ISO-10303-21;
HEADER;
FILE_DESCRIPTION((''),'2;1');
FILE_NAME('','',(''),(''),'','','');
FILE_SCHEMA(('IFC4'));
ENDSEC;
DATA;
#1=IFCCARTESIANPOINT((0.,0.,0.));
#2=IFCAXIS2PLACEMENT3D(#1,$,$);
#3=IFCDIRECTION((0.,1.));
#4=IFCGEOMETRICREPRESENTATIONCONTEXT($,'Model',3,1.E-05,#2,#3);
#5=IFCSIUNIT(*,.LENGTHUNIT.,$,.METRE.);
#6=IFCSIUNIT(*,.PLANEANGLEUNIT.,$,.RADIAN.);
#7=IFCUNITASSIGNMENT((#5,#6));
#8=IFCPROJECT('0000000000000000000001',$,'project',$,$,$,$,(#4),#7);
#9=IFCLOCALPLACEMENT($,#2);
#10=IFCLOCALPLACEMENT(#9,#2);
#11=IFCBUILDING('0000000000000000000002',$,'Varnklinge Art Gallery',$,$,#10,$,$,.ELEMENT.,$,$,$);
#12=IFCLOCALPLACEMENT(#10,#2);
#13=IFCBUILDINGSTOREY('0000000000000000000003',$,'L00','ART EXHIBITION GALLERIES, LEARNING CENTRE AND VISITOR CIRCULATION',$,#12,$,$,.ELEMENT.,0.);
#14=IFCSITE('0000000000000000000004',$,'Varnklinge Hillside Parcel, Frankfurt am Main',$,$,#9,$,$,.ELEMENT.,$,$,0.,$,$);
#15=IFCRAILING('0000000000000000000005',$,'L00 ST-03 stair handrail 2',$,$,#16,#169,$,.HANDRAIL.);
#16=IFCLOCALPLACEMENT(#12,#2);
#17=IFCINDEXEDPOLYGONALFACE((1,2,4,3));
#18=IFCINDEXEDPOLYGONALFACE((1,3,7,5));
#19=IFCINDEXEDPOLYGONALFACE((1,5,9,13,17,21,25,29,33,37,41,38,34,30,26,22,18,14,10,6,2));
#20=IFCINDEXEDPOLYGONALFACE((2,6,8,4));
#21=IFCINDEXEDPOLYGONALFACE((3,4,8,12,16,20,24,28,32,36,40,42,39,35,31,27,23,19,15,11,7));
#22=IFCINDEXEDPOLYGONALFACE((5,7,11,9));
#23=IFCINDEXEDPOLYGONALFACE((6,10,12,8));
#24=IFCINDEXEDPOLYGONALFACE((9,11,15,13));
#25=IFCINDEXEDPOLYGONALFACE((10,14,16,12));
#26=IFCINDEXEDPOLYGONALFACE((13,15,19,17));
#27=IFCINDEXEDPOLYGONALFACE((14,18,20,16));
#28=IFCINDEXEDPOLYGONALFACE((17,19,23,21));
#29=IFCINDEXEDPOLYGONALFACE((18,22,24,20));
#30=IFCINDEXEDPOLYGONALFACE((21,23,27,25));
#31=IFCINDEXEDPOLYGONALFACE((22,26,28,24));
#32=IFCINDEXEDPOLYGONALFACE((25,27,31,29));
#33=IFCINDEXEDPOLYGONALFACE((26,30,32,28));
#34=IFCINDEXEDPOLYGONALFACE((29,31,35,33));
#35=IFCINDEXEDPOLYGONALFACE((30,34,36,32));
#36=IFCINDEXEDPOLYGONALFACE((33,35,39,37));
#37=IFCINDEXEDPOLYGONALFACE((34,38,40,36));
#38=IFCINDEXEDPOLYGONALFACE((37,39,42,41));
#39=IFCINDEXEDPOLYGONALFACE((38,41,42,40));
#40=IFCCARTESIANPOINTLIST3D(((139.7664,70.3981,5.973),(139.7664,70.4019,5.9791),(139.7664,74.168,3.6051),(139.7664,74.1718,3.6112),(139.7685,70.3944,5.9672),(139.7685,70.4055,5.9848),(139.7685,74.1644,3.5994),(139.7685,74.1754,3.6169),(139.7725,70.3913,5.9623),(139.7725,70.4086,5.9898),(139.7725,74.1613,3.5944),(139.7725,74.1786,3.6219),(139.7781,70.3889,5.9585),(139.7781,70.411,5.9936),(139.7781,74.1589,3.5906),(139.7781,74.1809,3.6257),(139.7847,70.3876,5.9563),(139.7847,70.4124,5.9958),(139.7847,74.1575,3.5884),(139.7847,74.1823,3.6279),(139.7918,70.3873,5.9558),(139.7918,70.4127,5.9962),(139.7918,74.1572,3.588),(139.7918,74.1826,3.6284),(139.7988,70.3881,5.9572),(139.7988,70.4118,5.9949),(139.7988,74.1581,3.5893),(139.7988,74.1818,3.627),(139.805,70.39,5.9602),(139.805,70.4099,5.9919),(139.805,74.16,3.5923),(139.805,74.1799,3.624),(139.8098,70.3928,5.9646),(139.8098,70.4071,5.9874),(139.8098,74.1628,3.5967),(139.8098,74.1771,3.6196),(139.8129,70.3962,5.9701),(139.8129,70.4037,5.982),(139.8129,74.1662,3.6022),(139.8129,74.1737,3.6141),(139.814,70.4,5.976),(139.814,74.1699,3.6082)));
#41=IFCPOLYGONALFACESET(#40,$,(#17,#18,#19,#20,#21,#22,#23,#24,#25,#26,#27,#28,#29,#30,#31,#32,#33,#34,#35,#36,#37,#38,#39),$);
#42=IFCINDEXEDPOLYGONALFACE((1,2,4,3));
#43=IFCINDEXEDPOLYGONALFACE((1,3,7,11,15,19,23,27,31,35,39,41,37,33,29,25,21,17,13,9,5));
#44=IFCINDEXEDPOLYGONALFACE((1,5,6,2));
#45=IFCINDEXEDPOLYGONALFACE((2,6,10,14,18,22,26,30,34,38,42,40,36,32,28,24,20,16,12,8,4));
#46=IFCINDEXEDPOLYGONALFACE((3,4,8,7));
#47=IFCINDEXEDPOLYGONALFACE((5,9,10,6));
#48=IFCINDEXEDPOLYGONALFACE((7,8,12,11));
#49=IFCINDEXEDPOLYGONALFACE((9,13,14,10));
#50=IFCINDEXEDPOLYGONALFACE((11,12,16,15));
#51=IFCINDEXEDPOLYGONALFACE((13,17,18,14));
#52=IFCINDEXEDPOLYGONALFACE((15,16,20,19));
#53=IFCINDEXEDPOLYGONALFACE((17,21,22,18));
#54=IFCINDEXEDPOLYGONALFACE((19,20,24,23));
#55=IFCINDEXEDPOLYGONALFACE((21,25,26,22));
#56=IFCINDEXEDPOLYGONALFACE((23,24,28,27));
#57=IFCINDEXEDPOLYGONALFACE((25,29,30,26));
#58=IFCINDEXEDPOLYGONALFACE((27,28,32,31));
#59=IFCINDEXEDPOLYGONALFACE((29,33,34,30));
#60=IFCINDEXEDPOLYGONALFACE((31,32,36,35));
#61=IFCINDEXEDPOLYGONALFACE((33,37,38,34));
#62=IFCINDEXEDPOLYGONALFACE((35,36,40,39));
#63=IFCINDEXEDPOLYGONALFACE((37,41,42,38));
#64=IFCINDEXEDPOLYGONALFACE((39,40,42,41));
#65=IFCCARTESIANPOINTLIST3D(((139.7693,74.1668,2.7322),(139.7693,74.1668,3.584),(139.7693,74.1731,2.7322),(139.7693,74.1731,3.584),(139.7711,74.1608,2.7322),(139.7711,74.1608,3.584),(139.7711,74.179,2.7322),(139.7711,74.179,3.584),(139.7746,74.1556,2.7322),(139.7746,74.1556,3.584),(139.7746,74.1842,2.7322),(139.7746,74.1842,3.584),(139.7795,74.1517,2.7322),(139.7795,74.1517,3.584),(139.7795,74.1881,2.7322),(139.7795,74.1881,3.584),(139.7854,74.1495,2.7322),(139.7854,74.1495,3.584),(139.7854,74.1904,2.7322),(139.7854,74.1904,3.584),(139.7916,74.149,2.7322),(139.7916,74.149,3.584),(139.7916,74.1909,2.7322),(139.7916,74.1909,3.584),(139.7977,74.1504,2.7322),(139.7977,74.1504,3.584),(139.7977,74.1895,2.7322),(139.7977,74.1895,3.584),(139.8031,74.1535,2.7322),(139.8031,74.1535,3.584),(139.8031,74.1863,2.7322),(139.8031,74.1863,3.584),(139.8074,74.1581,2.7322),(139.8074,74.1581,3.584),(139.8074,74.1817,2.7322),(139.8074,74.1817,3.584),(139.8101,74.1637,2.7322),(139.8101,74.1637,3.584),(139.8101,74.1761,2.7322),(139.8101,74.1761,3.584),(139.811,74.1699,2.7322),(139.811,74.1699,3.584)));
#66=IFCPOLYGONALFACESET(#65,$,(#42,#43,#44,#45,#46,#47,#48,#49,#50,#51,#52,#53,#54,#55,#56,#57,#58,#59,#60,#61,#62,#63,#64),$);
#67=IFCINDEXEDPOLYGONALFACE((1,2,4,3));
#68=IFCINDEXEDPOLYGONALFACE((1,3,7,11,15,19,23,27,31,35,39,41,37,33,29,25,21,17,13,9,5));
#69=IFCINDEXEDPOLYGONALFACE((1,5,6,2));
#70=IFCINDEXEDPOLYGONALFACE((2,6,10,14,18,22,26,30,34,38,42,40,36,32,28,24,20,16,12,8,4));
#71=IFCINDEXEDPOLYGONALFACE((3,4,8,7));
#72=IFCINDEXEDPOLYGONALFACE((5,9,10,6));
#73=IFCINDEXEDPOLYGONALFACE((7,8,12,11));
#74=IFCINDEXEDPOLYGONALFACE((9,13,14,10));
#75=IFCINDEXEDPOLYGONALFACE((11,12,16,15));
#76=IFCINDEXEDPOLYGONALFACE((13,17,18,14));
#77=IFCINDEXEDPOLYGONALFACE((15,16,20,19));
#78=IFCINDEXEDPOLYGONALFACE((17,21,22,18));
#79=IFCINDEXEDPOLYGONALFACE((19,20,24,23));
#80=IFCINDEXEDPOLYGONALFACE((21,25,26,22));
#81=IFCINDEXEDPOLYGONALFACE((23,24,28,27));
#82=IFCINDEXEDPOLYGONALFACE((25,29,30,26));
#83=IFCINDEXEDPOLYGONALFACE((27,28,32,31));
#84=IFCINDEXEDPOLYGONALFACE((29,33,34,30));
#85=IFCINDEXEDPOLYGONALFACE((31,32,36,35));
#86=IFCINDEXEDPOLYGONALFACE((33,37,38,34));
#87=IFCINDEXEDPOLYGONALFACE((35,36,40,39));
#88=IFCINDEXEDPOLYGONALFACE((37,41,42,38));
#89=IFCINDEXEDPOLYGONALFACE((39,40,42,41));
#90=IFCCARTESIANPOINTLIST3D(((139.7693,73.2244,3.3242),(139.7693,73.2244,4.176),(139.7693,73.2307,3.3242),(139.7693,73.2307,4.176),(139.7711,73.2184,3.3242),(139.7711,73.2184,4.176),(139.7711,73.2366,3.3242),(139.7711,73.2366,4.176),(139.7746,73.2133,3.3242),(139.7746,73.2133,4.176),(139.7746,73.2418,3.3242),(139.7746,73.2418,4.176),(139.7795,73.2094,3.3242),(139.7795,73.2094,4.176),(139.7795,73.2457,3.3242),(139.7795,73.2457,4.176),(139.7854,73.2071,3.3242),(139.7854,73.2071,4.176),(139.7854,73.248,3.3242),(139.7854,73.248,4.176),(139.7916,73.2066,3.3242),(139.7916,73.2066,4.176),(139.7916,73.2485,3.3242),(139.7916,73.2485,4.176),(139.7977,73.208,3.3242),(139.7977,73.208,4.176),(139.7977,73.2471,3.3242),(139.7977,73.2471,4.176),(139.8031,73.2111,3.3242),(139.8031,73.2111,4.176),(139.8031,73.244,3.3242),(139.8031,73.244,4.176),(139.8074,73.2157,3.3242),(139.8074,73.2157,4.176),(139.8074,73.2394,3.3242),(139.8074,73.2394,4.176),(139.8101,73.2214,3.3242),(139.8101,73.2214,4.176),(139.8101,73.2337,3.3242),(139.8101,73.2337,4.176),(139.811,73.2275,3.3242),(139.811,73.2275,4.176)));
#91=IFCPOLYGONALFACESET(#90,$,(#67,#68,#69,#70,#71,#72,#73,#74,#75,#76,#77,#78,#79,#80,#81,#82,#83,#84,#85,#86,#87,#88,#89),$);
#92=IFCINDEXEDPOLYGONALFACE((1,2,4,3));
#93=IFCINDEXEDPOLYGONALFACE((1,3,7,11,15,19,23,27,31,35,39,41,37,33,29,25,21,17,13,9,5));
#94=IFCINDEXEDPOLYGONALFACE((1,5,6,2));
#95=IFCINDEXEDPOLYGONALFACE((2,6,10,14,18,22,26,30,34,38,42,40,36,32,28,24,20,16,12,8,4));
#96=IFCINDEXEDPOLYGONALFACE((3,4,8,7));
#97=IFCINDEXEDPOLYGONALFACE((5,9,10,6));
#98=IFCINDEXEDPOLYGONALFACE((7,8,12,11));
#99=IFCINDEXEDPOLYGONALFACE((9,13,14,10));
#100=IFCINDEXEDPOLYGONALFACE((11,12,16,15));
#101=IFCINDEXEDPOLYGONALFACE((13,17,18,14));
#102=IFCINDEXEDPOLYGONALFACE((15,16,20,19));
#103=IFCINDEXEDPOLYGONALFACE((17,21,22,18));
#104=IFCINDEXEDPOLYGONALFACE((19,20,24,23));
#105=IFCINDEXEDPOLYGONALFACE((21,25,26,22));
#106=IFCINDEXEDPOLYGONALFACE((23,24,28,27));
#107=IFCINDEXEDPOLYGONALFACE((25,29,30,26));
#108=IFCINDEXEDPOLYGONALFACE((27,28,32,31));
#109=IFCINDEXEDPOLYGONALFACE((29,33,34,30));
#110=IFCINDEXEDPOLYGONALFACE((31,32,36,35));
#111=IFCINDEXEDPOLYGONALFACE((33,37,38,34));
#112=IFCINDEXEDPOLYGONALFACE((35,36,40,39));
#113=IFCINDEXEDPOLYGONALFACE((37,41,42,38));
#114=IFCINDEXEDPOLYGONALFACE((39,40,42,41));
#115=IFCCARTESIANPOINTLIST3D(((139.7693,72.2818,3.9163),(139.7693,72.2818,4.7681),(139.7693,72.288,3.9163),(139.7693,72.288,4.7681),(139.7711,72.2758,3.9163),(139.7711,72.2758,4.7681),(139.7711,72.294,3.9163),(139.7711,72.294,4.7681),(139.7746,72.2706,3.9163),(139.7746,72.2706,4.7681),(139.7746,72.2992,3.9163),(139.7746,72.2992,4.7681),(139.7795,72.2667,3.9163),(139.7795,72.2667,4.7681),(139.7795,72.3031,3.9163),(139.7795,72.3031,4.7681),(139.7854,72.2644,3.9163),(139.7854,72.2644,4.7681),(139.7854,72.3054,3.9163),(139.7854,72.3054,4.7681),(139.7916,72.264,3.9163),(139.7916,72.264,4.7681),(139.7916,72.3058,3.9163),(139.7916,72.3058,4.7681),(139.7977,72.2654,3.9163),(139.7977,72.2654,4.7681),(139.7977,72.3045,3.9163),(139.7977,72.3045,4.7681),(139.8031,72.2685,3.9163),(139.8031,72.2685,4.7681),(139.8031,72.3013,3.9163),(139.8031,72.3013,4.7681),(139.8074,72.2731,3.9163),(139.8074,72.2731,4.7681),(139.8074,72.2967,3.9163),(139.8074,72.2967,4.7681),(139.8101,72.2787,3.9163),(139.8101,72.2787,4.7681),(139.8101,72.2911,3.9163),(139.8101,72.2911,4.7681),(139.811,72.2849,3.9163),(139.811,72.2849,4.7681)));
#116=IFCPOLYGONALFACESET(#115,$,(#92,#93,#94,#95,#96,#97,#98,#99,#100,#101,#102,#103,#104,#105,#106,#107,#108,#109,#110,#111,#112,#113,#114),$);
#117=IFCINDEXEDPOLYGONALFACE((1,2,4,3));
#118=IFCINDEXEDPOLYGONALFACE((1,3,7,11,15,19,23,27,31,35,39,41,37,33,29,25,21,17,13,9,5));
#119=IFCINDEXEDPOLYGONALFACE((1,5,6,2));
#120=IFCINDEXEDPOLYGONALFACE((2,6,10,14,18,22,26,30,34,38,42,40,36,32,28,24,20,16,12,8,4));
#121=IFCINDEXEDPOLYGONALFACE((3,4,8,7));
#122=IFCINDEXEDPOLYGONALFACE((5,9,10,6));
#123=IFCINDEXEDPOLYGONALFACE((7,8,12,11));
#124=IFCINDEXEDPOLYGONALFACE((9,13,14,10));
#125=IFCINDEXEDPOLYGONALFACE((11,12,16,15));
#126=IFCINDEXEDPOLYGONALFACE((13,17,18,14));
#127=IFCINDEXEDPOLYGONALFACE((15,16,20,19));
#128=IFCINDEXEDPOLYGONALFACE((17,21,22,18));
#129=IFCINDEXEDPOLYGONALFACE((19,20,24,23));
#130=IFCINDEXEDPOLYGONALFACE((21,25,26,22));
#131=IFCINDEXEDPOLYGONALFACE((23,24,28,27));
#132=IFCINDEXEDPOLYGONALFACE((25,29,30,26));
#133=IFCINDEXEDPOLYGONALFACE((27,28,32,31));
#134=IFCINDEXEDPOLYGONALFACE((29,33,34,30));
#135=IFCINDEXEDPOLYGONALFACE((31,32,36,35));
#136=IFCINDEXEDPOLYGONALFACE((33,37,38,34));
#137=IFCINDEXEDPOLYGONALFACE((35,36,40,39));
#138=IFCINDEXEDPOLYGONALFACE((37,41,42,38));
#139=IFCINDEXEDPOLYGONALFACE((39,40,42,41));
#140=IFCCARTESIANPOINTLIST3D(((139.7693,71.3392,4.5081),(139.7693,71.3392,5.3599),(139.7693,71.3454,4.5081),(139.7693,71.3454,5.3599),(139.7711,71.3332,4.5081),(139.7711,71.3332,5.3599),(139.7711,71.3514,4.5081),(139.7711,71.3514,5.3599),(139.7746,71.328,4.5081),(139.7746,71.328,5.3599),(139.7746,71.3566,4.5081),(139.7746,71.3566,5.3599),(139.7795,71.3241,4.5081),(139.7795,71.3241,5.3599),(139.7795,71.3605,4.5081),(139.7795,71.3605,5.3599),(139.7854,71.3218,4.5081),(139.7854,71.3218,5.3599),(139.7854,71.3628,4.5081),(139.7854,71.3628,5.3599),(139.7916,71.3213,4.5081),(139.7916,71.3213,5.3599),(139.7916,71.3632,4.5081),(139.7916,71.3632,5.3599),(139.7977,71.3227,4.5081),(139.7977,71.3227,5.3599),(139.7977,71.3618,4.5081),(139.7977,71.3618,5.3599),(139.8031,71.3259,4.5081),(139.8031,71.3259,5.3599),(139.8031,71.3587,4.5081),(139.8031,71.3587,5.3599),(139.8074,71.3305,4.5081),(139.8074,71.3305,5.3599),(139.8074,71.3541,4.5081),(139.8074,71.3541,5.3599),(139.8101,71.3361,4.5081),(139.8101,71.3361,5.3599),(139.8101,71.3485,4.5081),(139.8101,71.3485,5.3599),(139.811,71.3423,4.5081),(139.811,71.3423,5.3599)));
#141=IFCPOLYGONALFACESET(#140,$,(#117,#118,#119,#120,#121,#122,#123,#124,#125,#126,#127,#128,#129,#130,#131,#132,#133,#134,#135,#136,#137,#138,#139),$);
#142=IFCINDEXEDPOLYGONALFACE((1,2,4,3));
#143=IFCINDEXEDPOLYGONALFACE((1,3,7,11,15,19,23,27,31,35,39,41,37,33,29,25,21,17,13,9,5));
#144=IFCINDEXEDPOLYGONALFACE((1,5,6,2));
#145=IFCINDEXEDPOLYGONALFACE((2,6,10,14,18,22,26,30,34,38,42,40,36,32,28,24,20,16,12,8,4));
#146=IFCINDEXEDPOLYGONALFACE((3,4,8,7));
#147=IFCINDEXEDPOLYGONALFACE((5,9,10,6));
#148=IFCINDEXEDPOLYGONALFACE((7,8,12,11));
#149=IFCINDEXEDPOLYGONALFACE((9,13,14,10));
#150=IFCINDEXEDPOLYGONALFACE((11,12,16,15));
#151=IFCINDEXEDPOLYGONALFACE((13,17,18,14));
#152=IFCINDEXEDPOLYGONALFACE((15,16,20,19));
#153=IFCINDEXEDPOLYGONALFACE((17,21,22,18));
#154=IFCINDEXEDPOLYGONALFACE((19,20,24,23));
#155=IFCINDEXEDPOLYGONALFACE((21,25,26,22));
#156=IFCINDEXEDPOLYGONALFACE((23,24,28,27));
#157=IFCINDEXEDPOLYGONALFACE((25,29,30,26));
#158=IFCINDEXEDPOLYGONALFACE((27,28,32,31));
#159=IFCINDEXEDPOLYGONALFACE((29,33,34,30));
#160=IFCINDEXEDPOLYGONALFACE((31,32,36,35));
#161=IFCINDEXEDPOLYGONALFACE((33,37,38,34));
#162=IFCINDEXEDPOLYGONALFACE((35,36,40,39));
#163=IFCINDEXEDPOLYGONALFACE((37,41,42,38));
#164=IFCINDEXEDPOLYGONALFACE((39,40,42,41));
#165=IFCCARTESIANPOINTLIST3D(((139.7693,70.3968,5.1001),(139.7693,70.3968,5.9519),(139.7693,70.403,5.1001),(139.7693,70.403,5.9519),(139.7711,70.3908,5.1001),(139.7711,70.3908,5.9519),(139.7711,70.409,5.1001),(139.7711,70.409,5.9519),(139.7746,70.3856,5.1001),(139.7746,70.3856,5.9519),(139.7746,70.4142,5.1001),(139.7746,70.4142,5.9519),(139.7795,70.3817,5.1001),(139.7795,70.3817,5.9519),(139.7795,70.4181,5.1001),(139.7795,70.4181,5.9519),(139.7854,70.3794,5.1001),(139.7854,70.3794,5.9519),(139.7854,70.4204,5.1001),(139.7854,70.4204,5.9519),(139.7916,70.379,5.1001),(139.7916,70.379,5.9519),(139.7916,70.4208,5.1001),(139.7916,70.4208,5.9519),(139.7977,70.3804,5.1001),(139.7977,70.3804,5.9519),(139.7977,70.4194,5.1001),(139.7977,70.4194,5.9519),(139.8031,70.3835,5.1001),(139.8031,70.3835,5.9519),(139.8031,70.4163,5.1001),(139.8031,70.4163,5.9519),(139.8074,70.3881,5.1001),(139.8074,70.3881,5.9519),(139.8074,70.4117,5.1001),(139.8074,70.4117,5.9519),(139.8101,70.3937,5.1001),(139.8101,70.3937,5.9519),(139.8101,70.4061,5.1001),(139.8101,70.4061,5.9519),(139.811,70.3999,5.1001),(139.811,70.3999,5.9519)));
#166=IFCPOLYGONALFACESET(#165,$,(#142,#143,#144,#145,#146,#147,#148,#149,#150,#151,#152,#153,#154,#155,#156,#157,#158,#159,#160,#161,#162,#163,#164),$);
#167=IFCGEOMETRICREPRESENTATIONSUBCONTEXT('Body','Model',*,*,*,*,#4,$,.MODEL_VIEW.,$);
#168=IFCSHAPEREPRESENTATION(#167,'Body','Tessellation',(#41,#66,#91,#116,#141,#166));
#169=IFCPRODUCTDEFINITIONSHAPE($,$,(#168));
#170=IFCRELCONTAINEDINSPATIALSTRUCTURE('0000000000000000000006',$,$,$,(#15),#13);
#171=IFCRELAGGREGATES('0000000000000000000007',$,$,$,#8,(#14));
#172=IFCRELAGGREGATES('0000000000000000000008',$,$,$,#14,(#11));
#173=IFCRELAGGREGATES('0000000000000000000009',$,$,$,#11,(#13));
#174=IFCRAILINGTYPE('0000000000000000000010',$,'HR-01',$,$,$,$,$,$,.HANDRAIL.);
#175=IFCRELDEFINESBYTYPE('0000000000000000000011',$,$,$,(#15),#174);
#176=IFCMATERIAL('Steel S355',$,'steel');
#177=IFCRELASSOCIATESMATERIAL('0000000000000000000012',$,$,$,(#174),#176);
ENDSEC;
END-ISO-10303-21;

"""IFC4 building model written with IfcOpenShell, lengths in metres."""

from ifc_helpers import new_model, si_unit, direction, frame, origin, origin_2d, place, context, subcontext, project, spatial, circle, extrude, material, type_object, element, save


model = new_model("IFC4")

# Units and contexts
model_context = context("Model", 3, precision=1e-05, world=origin(), true_north=direction((0.0, 1.0)))
body_context = subcontext(model_context, "Body", "Model", "MODEL_VIEW")
ifc_project = project(units=[si_unit("LENGTHUNIT", "METRE"), si_unit("PLANEANGLEUNIT", "RADIAN")], contexts=[model_context])

# Site, building, storey
site_placement = place(None, origin())
site = spatial("IfcSite", under=ifc_project, at=site_placement, Name="Varnklinge Hillside Parcel, Frankfurt am Main", CompositionType="ELEMENT", RefElevation=0.0)
building_placement = place(site_placement, origin())
building = spatial("IfcBuilding", under=site, at=building_placement, Name="Varnklinge Art Gallery", CompositionType="ELEMENT")
storey_placement = place(building_placement, origin())
storey = spatial("IfcBuildingStorey", under=building, at=storey_placement, Name="L00", Description="ART EXHIBITION GALLERIES, LEARNING CENTRE AND VISITOR CIRCULATION", CompositionType="ELEMENT", Elevation=0.0)

# Railing
ifc_material_1 = material(Name="Steel S355", Category="steel")
railing_type_1 = type_object("IfcRailingType", Name="HR-01", PredefinedType="HANDRAIL", material=ifc_material_1)
railing_1_placement = place(storey_placement, frame((139.79, 74.1699, 2.7322)))
element("IfcRailing", 1, at=railing_1_placement, inside=storey, type_object=railing_type_1, Name="L00 ST-03 stair handrail 2", PredefinedType="HANDRAIL", context=body_context, shape_type="SweptSolid", body=[
    extrude(circle(Radius=0.0239, at=origin_2d()), frame((0.0, 0.0, 0.876), z_axis=(0.0, -0.846819, 0.531881), x_axis=(1.0, 0.0, 0.0)), (0.0, 0.0, 1.0), 4.4519),
    extrude(circle(Radius=0.021, at=origin_2d()), origin(), (0.0, 0.0, 1.0), 0.8518),
    extrude(circle(Radius=0.021, at=origin_2d()), frame((0.0, -0.9424, 0.592)), (0.0, 0.0, 1.0), 0.8518),
    extrude(circle(Radius=0.021, at=origin_2d()), frame((0.0, -1.885, 1.1841)), (0.0, 0.0, 1.0), 0.8518),
    extrude(circle(Radius=0.021, at=origin_2d()), frame((0.0, -2.8276, 1.7759)), (0.0, 0.0, 1.0), 0.8518),
    extrude(circle(Radius=0.021, at=origin_2d()), frame((0.0, -3.77, 2.3679)), (0.0, 0.0, 1.0), 0.8518),
])

save(model, "model.ifc")
